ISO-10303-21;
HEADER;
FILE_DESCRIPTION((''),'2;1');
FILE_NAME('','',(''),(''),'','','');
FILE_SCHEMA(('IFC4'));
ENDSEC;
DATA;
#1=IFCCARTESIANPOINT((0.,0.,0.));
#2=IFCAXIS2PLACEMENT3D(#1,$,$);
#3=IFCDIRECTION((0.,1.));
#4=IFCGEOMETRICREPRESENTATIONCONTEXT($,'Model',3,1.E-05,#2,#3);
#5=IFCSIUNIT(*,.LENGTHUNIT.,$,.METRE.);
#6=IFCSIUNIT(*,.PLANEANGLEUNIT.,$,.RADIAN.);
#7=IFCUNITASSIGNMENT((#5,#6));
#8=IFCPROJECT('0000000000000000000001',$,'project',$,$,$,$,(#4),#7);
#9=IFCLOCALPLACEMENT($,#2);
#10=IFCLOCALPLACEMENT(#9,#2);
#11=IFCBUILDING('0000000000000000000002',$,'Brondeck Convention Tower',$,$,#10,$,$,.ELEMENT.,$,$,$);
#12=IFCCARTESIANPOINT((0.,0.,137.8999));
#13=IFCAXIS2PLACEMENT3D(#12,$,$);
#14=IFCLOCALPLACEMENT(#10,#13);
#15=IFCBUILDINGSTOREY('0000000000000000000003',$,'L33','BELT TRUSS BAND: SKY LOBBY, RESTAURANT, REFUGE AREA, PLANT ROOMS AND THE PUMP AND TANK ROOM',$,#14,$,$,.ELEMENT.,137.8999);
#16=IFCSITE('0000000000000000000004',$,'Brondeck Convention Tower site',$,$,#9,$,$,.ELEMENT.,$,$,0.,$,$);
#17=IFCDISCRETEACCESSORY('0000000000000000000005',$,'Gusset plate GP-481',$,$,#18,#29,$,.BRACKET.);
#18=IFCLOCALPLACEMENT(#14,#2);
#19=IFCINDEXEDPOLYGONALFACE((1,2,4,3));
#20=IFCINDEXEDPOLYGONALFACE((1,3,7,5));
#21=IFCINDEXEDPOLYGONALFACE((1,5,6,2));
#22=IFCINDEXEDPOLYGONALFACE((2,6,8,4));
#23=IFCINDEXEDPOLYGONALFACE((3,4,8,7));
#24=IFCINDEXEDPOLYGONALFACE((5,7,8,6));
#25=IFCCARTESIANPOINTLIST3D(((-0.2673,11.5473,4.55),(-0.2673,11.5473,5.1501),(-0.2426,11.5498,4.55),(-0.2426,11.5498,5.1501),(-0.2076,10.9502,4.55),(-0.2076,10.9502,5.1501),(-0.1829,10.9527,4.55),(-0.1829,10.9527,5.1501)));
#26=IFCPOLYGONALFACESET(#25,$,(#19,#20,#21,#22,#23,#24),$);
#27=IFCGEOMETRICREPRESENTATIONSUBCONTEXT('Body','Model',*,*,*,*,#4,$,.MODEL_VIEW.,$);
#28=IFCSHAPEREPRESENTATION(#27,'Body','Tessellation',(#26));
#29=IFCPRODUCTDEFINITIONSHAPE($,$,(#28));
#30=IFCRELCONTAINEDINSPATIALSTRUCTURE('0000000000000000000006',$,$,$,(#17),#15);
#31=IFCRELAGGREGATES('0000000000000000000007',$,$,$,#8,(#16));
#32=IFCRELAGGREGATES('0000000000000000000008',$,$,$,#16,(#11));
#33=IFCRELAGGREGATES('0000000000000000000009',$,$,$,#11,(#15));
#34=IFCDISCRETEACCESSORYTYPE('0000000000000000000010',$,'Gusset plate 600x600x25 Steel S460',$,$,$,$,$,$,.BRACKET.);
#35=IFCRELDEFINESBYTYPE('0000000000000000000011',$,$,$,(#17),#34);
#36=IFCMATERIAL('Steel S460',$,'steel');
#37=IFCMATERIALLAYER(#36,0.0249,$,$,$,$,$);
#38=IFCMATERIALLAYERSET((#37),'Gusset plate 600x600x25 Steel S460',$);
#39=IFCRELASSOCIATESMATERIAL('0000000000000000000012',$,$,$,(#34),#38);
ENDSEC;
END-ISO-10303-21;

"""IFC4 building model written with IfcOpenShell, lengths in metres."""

from ifc_helpers import new_model, si_unit, direction, frame, origin, origin_2d, place, context, subcontext, project, spatial, rectangle, extrude, material, layer, layer_set, type_object, element, save


model = new_model("IFC4")

# Units and contexts
model_context = context("Model", 3, precision=1e-05, world=origin(), true_north=direction((0.0, 1.0)))
body_context = subcontext(model_context, "Body", "Model", "MODEL_VIEW")
ifc_project = project(units=[si_unit("LENGTHUNIT", "METRE"), si_unit("PLANEANGLEUNIT", "RADIAN")], contexts=[model_context])

# Site, building, storey
site_placement = place(None, origin())
site = spatial("IfcSite", under=ifc_project, at=site_placement, Name="Brondeck Convention Tower site", CompositionType="ELEMENT", RefElevation=0.0)
building_placement = place(site_placement, origin())
building = spatial("IfcBuilding", under=site, at=building_placement, Name="Brondeck Convention Tower", CompositionType="ELEMENT")
storey_placement = place(building_placement, frame((0.0, 0.0, 137.8999)))
storey = spatial("IfcBuildingStorey", under=building, at=storey_placement, Name="L33", Description="BELT TRUSS BAND: SKY LOBBY, RESTAURANT, REFUGE AREA, PLANT ROOMS AND THE PUMP AND TANK ROOM", CompositionType="ELEMENT", Elevation=137.8999)

# Shared definitions
ifc_material_1 = material(Name="Steel S460", Category="steel")

# Discrete accessory
ifc_layer_1 = layer(ifc_material_1, 0.0249)
ifc_layer_set_1 = layer_set([ifc_layer_1], Name="Gusset plate 600x600x25 Steel S460")
discrete_accessory_type = type_object("IfcDiscreteAccessoryType", Name="Gusset plate 600x600x25 Steel S460", PredefinedType="BRACKET", material=ifc_layer_set_1)
for number, where, z_axis, x_axis, name in (
    (1, (-0.2251, 11.25, 4.55), (0.0, 0.0, 1.0), (-0.099511, 0.995036, 0.0), "Gusset plate GP-481"),
):
    element("IfcDiscreteAccessory", number, at=place(storey_placement, frame(where, z_axis=z_axis, x_axis=x_axis)), inside=storey, type_object=discrete_accessory_type, Name=name, PredefinedType="BRACKET", context=body_context, shape_type="SweptSolid", body=[
        extrude(rectangle(XDim=0.6001, YDim=0.0249, at=origin_2d()), origin(), (0.0, 0.0, 1.0), 0.6001),
    ])

save(model, "model.ifc")
